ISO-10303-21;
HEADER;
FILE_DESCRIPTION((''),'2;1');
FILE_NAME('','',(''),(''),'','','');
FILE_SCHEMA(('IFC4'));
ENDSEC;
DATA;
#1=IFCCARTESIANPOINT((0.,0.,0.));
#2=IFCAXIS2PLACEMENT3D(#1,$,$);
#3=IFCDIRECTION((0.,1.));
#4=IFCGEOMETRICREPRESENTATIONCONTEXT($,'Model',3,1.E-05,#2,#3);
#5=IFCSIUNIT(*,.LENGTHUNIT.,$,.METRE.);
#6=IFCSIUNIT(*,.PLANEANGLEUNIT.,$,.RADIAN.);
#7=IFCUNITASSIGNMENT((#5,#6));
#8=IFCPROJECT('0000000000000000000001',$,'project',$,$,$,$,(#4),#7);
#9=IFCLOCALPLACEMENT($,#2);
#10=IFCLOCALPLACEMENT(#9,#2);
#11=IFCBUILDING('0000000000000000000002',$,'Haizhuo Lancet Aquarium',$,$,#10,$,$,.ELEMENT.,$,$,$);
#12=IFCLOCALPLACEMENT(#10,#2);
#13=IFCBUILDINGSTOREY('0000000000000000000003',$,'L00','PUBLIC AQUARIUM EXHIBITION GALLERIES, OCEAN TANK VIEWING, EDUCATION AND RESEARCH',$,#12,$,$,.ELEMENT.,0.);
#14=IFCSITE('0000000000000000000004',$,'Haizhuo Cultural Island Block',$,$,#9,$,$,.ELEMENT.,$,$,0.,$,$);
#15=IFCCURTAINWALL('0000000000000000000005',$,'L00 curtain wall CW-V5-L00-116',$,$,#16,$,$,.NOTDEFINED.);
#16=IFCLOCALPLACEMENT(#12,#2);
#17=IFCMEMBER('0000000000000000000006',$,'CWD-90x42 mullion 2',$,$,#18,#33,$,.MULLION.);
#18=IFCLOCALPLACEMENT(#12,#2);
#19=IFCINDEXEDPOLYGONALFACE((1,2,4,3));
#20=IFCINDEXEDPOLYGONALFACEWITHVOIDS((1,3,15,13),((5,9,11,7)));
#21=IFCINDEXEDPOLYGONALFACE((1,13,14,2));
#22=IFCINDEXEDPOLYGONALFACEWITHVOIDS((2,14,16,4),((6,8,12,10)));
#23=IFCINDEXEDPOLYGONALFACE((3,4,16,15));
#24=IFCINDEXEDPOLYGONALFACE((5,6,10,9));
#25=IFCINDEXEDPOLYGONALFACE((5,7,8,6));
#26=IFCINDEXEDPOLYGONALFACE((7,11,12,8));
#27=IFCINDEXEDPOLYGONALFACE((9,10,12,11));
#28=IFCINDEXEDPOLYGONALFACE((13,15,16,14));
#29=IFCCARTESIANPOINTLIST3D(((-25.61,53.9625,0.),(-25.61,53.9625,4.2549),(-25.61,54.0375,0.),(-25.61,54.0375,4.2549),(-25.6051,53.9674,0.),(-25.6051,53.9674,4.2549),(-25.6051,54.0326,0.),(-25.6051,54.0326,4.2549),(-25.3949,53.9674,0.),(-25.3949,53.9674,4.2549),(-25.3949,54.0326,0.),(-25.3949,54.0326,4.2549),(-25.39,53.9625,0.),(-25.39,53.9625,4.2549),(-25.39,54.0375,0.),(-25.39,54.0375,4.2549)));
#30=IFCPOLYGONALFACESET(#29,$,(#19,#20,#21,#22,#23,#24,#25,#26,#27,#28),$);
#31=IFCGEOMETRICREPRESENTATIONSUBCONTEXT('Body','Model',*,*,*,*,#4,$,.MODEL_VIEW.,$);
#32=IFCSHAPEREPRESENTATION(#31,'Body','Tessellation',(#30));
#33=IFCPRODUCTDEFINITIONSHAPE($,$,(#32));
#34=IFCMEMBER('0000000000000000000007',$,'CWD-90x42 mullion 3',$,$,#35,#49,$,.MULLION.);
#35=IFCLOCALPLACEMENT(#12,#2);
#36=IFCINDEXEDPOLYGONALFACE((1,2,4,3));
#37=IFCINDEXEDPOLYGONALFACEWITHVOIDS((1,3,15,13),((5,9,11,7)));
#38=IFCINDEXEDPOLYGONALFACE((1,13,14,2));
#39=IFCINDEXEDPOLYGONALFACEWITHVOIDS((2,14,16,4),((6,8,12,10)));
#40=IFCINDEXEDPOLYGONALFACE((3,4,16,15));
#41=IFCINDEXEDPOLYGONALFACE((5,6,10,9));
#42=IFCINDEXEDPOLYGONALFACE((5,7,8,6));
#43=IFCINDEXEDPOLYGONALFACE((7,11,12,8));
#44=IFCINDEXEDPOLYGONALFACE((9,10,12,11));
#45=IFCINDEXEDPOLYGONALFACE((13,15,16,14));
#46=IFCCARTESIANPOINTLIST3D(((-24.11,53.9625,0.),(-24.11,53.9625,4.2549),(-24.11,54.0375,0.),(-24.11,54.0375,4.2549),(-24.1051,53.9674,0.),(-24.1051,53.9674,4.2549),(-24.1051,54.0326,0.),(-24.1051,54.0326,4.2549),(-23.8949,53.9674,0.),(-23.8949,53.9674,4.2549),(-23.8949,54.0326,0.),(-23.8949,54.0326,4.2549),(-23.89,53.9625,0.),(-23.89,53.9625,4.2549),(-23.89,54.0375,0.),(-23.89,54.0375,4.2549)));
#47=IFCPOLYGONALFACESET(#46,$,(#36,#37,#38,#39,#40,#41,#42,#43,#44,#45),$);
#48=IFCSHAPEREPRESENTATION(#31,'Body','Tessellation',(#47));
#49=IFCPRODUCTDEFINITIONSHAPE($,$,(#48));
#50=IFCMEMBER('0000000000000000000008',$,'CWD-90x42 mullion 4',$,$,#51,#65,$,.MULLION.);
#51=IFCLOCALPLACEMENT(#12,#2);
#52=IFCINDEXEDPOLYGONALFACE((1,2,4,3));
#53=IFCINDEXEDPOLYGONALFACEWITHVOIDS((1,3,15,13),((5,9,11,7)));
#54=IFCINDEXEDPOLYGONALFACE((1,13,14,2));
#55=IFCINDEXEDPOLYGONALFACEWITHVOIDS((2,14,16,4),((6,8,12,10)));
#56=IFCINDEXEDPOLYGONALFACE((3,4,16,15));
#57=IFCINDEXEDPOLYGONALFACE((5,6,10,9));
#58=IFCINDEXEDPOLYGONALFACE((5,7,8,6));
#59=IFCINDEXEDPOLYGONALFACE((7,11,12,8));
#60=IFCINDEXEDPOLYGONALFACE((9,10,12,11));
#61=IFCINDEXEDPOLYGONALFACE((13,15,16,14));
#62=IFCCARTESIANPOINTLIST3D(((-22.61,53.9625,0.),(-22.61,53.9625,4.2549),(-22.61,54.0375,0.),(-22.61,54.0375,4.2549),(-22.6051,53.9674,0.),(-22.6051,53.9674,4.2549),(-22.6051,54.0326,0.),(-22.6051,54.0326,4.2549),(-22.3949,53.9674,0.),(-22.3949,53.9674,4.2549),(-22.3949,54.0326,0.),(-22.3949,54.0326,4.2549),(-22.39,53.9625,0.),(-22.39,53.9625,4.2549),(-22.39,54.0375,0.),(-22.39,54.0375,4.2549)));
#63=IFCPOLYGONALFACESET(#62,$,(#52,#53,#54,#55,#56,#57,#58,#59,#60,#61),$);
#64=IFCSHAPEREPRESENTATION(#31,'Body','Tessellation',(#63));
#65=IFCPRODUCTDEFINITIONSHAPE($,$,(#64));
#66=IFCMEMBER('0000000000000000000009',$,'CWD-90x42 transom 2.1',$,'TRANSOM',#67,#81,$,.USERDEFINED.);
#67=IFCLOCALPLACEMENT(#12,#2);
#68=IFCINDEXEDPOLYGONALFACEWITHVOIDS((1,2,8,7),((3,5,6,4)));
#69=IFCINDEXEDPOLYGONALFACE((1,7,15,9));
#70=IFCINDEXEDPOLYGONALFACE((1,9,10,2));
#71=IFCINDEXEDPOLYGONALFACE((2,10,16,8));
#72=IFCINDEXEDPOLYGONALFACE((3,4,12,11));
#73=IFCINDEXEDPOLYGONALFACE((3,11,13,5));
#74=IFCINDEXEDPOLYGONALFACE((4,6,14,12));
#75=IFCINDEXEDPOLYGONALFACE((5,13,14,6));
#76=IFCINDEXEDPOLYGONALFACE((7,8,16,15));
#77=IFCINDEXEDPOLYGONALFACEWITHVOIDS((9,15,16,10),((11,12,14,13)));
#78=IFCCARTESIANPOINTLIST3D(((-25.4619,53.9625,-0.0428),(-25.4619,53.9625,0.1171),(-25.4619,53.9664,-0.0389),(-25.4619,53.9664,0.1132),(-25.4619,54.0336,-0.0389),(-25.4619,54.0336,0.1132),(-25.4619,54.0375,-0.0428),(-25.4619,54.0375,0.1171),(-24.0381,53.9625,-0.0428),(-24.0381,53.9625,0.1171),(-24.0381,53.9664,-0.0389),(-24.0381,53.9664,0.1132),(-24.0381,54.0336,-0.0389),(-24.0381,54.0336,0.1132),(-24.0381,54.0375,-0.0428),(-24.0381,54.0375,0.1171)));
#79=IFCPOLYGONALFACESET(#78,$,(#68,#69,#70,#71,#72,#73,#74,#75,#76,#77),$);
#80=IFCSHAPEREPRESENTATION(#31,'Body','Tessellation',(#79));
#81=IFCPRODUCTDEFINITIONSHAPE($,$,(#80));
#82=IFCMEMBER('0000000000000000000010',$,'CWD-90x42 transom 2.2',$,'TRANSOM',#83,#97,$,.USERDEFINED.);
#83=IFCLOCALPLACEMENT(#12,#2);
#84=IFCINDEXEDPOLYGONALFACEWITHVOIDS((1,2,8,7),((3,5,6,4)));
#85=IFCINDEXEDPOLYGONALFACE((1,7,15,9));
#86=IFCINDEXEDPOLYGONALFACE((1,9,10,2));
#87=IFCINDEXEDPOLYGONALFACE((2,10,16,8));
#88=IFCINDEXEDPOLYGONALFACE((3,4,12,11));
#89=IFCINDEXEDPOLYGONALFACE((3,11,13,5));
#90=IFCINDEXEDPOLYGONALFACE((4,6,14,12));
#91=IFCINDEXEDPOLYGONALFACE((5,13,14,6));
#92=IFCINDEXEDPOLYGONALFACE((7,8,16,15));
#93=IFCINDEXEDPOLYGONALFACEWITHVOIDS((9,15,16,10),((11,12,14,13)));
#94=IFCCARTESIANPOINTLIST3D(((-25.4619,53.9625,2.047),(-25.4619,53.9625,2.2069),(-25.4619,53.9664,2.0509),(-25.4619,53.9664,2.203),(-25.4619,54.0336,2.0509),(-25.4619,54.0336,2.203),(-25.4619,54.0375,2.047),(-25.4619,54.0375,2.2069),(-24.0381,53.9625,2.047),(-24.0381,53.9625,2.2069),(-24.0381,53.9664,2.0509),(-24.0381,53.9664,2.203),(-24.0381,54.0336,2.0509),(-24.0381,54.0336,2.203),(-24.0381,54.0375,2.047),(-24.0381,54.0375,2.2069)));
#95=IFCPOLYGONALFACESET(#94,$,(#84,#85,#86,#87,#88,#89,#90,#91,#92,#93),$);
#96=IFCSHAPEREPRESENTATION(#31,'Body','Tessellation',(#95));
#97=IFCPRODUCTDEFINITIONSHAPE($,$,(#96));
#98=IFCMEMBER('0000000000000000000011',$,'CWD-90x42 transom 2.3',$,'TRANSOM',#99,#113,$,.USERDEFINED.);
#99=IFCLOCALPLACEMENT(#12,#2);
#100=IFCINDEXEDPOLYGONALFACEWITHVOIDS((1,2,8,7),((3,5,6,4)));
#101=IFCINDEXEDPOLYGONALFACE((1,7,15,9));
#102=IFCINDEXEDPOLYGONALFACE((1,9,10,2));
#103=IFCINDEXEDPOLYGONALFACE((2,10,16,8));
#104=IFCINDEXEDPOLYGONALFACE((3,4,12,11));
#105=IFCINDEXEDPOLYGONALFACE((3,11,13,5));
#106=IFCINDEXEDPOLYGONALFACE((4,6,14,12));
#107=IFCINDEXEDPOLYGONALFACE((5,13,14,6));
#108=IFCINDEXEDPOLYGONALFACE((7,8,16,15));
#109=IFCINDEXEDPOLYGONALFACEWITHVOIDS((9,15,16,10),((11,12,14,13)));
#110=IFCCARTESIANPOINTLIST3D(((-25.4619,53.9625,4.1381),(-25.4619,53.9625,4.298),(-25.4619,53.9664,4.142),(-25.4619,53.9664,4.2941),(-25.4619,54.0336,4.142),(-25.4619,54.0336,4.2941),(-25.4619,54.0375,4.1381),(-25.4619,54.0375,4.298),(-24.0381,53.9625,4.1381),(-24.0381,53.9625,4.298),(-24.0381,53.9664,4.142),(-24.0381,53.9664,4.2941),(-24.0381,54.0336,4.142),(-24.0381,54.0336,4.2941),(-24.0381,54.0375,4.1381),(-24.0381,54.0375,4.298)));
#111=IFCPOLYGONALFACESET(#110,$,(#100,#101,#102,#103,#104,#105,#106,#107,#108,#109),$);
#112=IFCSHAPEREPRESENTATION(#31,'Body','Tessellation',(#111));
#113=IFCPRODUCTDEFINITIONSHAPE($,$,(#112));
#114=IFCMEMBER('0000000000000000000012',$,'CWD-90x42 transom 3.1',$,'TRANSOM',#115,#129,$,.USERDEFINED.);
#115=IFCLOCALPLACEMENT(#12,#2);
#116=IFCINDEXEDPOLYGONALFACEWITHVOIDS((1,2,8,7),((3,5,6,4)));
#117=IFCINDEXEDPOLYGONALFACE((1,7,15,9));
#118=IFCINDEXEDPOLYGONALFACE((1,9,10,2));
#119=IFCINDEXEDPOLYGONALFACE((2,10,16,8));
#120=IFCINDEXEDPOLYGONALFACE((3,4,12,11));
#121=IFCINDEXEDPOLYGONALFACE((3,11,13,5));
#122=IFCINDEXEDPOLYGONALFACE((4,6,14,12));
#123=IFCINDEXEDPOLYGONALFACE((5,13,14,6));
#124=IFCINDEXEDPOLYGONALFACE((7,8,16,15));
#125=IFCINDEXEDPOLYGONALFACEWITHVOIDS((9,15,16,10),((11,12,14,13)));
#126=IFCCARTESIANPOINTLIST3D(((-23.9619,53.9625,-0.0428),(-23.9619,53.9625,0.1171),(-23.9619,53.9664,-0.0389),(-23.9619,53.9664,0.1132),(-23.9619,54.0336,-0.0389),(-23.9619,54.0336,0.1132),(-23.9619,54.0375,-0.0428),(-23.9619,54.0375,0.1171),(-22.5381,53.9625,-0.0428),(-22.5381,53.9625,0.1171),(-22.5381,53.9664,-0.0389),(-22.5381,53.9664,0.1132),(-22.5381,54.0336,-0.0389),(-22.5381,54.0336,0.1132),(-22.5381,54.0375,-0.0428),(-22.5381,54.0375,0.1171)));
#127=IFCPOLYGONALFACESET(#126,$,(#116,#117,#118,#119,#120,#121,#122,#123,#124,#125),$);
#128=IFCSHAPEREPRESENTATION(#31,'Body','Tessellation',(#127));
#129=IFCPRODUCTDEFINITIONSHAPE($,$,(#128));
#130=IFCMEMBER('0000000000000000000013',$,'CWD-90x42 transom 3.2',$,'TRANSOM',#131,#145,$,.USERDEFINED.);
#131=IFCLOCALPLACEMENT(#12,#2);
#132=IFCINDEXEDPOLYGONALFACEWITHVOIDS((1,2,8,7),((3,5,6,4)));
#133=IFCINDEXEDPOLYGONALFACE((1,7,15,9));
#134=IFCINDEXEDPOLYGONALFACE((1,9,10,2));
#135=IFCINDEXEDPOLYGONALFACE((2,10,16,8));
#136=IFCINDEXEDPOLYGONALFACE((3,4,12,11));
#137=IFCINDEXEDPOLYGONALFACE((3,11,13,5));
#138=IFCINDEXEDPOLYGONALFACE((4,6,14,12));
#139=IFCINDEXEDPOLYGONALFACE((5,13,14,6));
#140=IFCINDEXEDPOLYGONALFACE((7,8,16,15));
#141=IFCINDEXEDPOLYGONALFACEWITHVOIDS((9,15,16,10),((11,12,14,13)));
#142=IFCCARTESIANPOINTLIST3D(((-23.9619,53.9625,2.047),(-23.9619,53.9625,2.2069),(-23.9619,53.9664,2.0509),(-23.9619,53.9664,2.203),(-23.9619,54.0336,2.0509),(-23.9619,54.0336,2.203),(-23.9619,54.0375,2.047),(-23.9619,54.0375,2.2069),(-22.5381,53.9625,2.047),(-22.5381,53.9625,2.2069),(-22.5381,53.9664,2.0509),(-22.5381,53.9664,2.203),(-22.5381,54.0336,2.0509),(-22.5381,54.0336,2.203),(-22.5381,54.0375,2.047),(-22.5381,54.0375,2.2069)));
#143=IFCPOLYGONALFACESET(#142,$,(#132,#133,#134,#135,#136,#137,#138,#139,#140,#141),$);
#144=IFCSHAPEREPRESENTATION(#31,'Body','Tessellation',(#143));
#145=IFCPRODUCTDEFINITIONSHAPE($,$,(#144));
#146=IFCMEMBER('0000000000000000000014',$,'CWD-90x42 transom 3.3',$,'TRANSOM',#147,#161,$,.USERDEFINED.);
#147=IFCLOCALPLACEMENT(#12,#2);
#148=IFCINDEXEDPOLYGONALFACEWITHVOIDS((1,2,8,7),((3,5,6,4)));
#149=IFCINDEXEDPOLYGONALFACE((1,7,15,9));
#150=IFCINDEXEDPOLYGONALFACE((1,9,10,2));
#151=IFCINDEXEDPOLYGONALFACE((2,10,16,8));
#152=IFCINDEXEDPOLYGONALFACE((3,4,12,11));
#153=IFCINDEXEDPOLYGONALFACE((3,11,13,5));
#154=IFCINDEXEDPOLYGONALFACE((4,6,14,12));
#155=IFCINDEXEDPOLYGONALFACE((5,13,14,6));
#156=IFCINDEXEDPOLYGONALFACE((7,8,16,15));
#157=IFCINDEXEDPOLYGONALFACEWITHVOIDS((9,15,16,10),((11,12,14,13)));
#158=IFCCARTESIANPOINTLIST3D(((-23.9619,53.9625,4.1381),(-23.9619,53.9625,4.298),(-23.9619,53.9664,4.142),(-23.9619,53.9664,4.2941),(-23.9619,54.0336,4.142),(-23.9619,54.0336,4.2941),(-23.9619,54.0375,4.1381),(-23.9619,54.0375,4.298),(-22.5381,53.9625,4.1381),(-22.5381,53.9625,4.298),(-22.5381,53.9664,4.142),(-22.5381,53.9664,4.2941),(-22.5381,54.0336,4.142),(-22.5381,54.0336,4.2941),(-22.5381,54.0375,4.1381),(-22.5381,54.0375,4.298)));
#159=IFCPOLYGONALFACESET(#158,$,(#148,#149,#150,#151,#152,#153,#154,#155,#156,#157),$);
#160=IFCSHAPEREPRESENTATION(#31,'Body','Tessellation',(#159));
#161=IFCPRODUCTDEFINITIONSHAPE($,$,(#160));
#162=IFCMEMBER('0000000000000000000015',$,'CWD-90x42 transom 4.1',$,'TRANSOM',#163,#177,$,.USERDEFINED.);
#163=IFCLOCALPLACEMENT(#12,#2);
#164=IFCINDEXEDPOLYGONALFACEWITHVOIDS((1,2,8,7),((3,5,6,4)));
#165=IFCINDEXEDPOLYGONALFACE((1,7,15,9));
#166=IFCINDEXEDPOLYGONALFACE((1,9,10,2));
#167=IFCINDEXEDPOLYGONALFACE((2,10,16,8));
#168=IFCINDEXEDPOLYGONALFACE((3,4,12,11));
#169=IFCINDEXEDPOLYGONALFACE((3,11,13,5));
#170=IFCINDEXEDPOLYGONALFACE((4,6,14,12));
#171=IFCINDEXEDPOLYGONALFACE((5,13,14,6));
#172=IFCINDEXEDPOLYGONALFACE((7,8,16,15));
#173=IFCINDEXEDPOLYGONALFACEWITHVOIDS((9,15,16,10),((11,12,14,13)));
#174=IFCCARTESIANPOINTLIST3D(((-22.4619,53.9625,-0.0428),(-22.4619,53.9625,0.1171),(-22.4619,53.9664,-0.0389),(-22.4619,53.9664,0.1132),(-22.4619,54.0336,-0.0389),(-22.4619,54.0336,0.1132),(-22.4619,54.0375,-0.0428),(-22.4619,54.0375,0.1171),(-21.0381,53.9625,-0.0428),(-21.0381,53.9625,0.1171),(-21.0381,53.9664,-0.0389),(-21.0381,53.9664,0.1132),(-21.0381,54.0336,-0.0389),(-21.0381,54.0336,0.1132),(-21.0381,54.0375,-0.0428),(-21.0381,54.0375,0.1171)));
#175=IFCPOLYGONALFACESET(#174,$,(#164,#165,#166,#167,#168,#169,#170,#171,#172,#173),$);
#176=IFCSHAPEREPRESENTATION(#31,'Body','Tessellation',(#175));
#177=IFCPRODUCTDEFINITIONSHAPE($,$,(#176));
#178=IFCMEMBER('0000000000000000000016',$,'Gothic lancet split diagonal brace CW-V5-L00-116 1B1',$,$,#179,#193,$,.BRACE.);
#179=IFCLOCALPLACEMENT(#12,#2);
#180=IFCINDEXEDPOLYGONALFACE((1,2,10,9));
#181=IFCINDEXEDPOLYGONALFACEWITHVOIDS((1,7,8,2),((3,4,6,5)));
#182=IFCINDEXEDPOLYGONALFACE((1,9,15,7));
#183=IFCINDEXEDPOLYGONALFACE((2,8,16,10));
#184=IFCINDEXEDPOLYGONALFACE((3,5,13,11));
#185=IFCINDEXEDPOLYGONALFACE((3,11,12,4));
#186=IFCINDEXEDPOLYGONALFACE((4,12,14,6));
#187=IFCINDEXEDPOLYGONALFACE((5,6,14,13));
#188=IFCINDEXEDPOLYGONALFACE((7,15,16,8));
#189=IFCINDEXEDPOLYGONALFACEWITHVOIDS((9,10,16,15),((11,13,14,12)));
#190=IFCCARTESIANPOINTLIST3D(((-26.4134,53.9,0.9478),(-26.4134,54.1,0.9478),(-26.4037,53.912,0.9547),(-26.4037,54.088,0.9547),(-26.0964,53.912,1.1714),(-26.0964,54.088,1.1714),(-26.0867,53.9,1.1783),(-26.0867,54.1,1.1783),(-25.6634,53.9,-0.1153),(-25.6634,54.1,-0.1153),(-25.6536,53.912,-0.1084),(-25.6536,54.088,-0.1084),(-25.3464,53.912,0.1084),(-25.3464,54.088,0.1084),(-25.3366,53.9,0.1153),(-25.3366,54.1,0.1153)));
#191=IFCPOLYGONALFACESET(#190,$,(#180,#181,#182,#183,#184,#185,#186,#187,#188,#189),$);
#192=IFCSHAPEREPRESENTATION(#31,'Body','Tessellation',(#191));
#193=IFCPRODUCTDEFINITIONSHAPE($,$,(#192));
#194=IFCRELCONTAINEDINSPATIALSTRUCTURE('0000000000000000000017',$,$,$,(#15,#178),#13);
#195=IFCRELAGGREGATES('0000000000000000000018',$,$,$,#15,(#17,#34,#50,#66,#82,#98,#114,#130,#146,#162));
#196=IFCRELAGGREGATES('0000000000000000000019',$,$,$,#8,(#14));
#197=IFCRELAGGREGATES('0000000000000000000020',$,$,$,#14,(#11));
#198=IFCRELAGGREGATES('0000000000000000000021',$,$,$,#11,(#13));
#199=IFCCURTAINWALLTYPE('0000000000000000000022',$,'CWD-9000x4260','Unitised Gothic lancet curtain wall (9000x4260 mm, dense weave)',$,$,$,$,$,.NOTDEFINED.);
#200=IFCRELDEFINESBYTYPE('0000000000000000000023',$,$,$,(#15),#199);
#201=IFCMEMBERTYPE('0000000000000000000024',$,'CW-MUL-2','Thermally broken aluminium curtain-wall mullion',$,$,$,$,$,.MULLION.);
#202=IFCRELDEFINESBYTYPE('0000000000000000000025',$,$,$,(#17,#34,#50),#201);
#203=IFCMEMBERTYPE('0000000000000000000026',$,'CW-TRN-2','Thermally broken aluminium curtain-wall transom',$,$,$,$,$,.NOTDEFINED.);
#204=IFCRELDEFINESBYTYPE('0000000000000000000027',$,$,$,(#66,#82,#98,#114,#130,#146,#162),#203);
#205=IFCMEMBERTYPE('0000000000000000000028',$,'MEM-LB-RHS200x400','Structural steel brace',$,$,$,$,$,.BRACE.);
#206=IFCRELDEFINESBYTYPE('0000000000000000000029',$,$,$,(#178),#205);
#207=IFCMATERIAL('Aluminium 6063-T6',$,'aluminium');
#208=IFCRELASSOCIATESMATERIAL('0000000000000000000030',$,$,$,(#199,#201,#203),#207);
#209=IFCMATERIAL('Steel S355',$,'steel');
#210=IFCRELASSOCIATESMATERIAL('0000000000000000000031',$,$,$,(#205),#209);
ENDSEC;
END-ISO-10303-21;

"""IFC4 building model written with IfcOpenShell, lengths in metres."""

from ifc_helpers import new_model, si_unit, direction, frame, origin, origin_2d, place, context, subcontext, project, spatial, hollow_rectangle, extrude, material, material_profile, profile_set, type_object, element, aggregate, save


model = new_model("IFC4")

# Units and contexts
model_context = context("Model", 3, precision=1e-05, world=origin(), true_north=direction((0.0, 1.0)))
body_context = subcontext(model_context, "Body", "Model", "MODEL_VIEW")
ifc_project = project(units=[si_unit("LENGTHUNIT", "METRE"), si_unit("PLANEANGLEUNIT", "RADIAN")], contexts=[model_context])

# Site, building, storey
site_placement = place(None, origin())
site = spatial("IfcSite", under=ifc_project, at=site_placement, Name="Haizhuo Cultural Island Block", CompositionType="ELEMENT", RefElevation=0.0)
building_placement = place(site_placement, origin())
building = spatial("IfcBuilding", under=site, at=building_placement, Name="Haizhuo Lancet Aquarium", CompositionType="ELEMENT")
storey_placement = place(building_placement, origin())
storey = spatial("IfcBuildingStorey", under=building, at=storey_placement, Name="L00", Description="PUBLIC AQUARIUM EXHIBITION GALLERIES, OCEAN TANK VIEWING, EDUCATION AND RESEARCH", CompositionType="ELEMENT", Elevation=0.0)

# Curtain wall, members
ifc_material_1 = material(Name="Aluminium 6063-T6", Category="aluminium")
curtain_wall_type = type_object("IfcCurtainWallType", Name="CWD-9000x4260", Description="Unitised Gothic lancet curtain wall (9000x4260 mm, dense weave)", PredefinedType="NOTDEFINED", material=ifc_material_1)
curtain_wall_placement = place(storey_placement, origin())
curtain_wall = element("IfcCurtainWall", 1, at=curtain_wall_placement, inside=storey, type_object=curtain_wall_type, Name="L00 curtain wall CW-V5-L00-116", PredefinedType="NOTDEFINED")
ifc_material_profile_1 = material_profile(ifc_material_1, hollow_rectangle(XDim=0.075, YDim=0.22, WallThickness=0.0049, at=origin_2d()), Name="ALU-M 75x220x5")
ifc_profile_set_1 = profile_set([ifc_material_profile_1], Name="Aluminium 6063-T6")
member_type_1 = type_object("IfcMemberType", Name="CW-MUL-2", Description="Thermally broken aluminium curtain-wall mullion", PredefinedType="MULLION", material=ifc_profile_set_1)
member_1_placement = place(storey_placement, frame((-25.5, 54.0, 0.0), z_axis=(0.0, 0.0, 1.0), x_axis=(0.0, 1.0, 0.0)))
member_1 = element("IfcMember", 2, at=member_1_placement, type_object=member_type_1, Name="CWD-90x42 mullion 2", PredefinedType="MULLION", context=body_context, shape_type="SweptSolid", body=[
    extrude(hollow_rectangle(XDim=0.075, YDim=0.22, WallThickness=0.0049, at=origin_2d()), origin(), (0.0, 0.0, 1.0), 4.2549),
])
member_2_placement = place(storey_placement, frame((-24.0, 54.0, 0.0), z_axis=(0.0, 0.0, 1.0), x_axis=(0.0, 1.0, 0.0)))
member_2 = element("IfcMember", 3, at=member_2_placement, type_object=member_type_1, Name="CWD-90x42 mullion 3", PredefinedType="MULLION", context=body_context, shape_type="SweptSolid", body=[
    extrude(hollow_rectangle(XDim=0.075, YDim=0.22, WallThickness=0.0049, at=origin_2d()), origin(), (0.0, 0.0, 1.0), 4.2549),
])
member_3_placement = place(storey_placement, frame((-22.5, 54.0, 0.0), z_axis=(0.0, 0.0, 1.0), x_axis=(0.0, 1.0, 0.0)))
member_3 = element("IfcMember", 4, at=member_3_placement, type_object=member_type_1, Name="CWD-90x42 mullion 4", PredefinedType="MULLION", context=body_context, shape_type="SweptSolid", body=[
    extrude(hollow_rectangle(XDim=0.075, YDim=0.22, WallThickness=0.0049, at=origin_2d()), origin(), (0.0, 0.0, 1.0), 4.2549),
])
ifc_material_profile_2 = material_profile(ifc_material_1, hollow_rectangle(XDim=0.075, YDim=0.1599, WallThickness=0.0039, at=origin_2d()), Name="ALU-T 75x160x4")
ifc_profile_set_2 = profile_set([ifc_material_profile_2], Name="Aluminium 6063-T6")
member_type_2 = type_object("IfcMemberType", Name="CW-TRN-2", Description="Thermally broken aluminium curtain-wall transom", PredefinedType="NOTDEFINED", material=ifc_profile_set_2)
member_4_placement = place(storey_placement, frame((-25.4619, 54.0, 0.0371), z_axis=(1.0, 0.0, 0.0), x_axis=(0.0, 1.0, 0.0)))
member_4 = element("IfcMember", 5, at=member_4_placement, type_object=member_type_2, Name="CWD-90x42 transom 2.1", ObjectType="TRANSOM", PredefinedType="USERDEFINED", context=body_context, shape_type="SweptSolid", body=[
    extrude(hollow_rectangle(XDim=0.075, YDim=0.1599, WallThickness=0.0039, at=origin_2d()), origin(), (0.0, 0.0, 1.0), 1.4238),
])
member_5_placement = place(storey_placement, frame((-25.4619, 54.0, 2.127), z_axis=(1.0, 0.0, 0.0), x_axis=(0.0, 1.0, 0.0)))
member_5 = element("IfcMember", 6, at=member_5_placement, type_object=member_type_2, Name="CWD-90x42 transom 2.2", ObjectType="TRANSOM", PredefinedType="USERDEFINED", context=body_context, shape_type="SweptSolid", body=[
    extrude(hollow_rectangle(XDim=0.075, YDim=0.1599, WallThickness=0.0039, at=origin_2d()), origin(), (0.0, 0.0, 1.0), 1.4238),
])
member_6_placement = place(storey_placement, frame((-25.4619, 54.0, 4.218), z_axis=(1.0, 0.0, 0.0), x_axis=(0.0, 1.0, 0.0)))
member_6 = element("IfcMember", 7, at=member_6_placement, type_object=member_type_2, Name="CWD-90x42 transom 2.3", ObjectType="TRANSOM", PredefinedType="USERDEFINED", context=body_context, shape_type="SweptSolid", body=[
    extrude(hollow_rectangle(XDim=0.075, YDim=0.1599, WallThickness=0.0039, at=origin_2d()), origin(), (0.0, 0.0, 1.0), 1.4238),
])
member_7_placement = place(storey_placement, frame((-23.9619, 54.0, 0.0371), z_axis=(1.0, 0.0, 0.0), x_axis=(0.0, 1.0, 0.0)))
member_7 = element("IfcMember", 8, at=member_7_placement, type_object=member_type_2, Name="CWD-90x42 transom 3.1", ObjectType="TRANSOM", PredefinedType="USERDEFINED", context=body_context, shape_type="SweptSolid", body=[
    extrude(hollow_rectangle(XDim=0.075, YDim=0.1599, WallThickness=0.0039, at=origin_2d()), origin(), (0.0, 0.0, 1.0), 1.4238),
])
member_8_placement = place(storey_placement, frame((-23.9619, 54.0, 2.127), z_axis=(1.0, 0.0, 0.0), x_axis=(0.0, 1.0, 0.0)))
member_8 = element("IfcMember", 9, at=member_8_placement, type_object=member_type_2, Name="CWD-90x42 transom 3.2", ObjectType="TRANSOM", PredefinedType="USERDEFINED", context=body_context, shape_type="SweptSolid", body=[
    extrude(hollow_rectangle(XDim=0.075, YDim=0.1599, WallThickness=0.0039, at=origin_2d()), origin(), (0.0, 0.0, 1.0), 1.4238),
])
member_9_placement = place(storey_placement, frame((-23.9619, 54.0, 4.218), z_axis=(1.0, 0.0, 0.0), x_axis=(0.0, 1.0, 0.0)))
member_9 = element("IfcMember", 10, at=member_9_placement, type_object=member_type_2, Name="CWD-90x42 transom 3.3", ObjectType="TRANSOM", PredefinedType="USERDEFINED", context=body_context, shape_type="SweptSolid", body=[
    extrude(hollow_rectangle(XDim=0.075, YDim=0.1599, WallThickness=0.0039, at=origin_2d()), origin(), (0.0, 0.0, 1.0), 1.4238),
])
member_10_placement = place(storey_placement, frame((-22.4619, 54.0, 0.0371), z_axis=(1.0, 0.0, 0.0), x_axis=(0.0, 1.0, 0.0)))
member_10 = element("IfcMember", 11, at=member_10_placement, type_object=member_type_2, Name="CWD-90x42 transom 4.1", ObjectType="TRANSOM", PredefinedType="USERDEFINED", context=body_context, shape_type="SweptSolid", body=[
    extrude(hollow_rectangle(XDim=0.075, YDim=0.1599, WallThickness=0.0039, at=origin_2d()), origin(), (0.0, 0.0, 1.0), 1.4238),
])

# Member
ifc_material_2 = material(Name="Steel S355", Category="steel")
ifc_material_profile_3 = material_profile(ifc_material_2, hollow_rectangle(XDim=0.2, YDim=0.3999, WallThickness=0.012, at=origin_2d()), Name="RHS 200x400x12")
ifc_profile_set_3 = profile_set([ifc_material_profile_3], Name="Steel S355")
member_type_3 = type_object("IfcMemberType", Name="MEM-LB-RHS200x400", Description="Structural steel brace", PredefinedType="BRACE", material=ifc_profile_set_3)
member_11_placement = place(storey_placement, frame((-25.5, 54.0, 0.0), z_axis=(-0.576506, 0.0, 0.817093), x_axis=(0.0, -1.0, 0.0)))
element("IfcMember", 12, at=member_11_placement, inside=storey, type_object=member_type_3, Name="Gothic lancet split diagonal brace CW-V5-L00-116 1B1", PredefinedType="BRACE", context=body_context, shape_type="SweptSolid", body=[
    extrude(hollow_rectangle(XDim=0.2, YDim=0.3999, WallThickness=0.012, at=origin_2d()), origin(), (0.0, 0.0, 1.0), 1.301),
])

aggregate(curtain_wall, [member_1, member_2, member_3, member_4, member_5, member_6, member_7, member_8, member_9, member_10])

save(model, "model.ifc")
